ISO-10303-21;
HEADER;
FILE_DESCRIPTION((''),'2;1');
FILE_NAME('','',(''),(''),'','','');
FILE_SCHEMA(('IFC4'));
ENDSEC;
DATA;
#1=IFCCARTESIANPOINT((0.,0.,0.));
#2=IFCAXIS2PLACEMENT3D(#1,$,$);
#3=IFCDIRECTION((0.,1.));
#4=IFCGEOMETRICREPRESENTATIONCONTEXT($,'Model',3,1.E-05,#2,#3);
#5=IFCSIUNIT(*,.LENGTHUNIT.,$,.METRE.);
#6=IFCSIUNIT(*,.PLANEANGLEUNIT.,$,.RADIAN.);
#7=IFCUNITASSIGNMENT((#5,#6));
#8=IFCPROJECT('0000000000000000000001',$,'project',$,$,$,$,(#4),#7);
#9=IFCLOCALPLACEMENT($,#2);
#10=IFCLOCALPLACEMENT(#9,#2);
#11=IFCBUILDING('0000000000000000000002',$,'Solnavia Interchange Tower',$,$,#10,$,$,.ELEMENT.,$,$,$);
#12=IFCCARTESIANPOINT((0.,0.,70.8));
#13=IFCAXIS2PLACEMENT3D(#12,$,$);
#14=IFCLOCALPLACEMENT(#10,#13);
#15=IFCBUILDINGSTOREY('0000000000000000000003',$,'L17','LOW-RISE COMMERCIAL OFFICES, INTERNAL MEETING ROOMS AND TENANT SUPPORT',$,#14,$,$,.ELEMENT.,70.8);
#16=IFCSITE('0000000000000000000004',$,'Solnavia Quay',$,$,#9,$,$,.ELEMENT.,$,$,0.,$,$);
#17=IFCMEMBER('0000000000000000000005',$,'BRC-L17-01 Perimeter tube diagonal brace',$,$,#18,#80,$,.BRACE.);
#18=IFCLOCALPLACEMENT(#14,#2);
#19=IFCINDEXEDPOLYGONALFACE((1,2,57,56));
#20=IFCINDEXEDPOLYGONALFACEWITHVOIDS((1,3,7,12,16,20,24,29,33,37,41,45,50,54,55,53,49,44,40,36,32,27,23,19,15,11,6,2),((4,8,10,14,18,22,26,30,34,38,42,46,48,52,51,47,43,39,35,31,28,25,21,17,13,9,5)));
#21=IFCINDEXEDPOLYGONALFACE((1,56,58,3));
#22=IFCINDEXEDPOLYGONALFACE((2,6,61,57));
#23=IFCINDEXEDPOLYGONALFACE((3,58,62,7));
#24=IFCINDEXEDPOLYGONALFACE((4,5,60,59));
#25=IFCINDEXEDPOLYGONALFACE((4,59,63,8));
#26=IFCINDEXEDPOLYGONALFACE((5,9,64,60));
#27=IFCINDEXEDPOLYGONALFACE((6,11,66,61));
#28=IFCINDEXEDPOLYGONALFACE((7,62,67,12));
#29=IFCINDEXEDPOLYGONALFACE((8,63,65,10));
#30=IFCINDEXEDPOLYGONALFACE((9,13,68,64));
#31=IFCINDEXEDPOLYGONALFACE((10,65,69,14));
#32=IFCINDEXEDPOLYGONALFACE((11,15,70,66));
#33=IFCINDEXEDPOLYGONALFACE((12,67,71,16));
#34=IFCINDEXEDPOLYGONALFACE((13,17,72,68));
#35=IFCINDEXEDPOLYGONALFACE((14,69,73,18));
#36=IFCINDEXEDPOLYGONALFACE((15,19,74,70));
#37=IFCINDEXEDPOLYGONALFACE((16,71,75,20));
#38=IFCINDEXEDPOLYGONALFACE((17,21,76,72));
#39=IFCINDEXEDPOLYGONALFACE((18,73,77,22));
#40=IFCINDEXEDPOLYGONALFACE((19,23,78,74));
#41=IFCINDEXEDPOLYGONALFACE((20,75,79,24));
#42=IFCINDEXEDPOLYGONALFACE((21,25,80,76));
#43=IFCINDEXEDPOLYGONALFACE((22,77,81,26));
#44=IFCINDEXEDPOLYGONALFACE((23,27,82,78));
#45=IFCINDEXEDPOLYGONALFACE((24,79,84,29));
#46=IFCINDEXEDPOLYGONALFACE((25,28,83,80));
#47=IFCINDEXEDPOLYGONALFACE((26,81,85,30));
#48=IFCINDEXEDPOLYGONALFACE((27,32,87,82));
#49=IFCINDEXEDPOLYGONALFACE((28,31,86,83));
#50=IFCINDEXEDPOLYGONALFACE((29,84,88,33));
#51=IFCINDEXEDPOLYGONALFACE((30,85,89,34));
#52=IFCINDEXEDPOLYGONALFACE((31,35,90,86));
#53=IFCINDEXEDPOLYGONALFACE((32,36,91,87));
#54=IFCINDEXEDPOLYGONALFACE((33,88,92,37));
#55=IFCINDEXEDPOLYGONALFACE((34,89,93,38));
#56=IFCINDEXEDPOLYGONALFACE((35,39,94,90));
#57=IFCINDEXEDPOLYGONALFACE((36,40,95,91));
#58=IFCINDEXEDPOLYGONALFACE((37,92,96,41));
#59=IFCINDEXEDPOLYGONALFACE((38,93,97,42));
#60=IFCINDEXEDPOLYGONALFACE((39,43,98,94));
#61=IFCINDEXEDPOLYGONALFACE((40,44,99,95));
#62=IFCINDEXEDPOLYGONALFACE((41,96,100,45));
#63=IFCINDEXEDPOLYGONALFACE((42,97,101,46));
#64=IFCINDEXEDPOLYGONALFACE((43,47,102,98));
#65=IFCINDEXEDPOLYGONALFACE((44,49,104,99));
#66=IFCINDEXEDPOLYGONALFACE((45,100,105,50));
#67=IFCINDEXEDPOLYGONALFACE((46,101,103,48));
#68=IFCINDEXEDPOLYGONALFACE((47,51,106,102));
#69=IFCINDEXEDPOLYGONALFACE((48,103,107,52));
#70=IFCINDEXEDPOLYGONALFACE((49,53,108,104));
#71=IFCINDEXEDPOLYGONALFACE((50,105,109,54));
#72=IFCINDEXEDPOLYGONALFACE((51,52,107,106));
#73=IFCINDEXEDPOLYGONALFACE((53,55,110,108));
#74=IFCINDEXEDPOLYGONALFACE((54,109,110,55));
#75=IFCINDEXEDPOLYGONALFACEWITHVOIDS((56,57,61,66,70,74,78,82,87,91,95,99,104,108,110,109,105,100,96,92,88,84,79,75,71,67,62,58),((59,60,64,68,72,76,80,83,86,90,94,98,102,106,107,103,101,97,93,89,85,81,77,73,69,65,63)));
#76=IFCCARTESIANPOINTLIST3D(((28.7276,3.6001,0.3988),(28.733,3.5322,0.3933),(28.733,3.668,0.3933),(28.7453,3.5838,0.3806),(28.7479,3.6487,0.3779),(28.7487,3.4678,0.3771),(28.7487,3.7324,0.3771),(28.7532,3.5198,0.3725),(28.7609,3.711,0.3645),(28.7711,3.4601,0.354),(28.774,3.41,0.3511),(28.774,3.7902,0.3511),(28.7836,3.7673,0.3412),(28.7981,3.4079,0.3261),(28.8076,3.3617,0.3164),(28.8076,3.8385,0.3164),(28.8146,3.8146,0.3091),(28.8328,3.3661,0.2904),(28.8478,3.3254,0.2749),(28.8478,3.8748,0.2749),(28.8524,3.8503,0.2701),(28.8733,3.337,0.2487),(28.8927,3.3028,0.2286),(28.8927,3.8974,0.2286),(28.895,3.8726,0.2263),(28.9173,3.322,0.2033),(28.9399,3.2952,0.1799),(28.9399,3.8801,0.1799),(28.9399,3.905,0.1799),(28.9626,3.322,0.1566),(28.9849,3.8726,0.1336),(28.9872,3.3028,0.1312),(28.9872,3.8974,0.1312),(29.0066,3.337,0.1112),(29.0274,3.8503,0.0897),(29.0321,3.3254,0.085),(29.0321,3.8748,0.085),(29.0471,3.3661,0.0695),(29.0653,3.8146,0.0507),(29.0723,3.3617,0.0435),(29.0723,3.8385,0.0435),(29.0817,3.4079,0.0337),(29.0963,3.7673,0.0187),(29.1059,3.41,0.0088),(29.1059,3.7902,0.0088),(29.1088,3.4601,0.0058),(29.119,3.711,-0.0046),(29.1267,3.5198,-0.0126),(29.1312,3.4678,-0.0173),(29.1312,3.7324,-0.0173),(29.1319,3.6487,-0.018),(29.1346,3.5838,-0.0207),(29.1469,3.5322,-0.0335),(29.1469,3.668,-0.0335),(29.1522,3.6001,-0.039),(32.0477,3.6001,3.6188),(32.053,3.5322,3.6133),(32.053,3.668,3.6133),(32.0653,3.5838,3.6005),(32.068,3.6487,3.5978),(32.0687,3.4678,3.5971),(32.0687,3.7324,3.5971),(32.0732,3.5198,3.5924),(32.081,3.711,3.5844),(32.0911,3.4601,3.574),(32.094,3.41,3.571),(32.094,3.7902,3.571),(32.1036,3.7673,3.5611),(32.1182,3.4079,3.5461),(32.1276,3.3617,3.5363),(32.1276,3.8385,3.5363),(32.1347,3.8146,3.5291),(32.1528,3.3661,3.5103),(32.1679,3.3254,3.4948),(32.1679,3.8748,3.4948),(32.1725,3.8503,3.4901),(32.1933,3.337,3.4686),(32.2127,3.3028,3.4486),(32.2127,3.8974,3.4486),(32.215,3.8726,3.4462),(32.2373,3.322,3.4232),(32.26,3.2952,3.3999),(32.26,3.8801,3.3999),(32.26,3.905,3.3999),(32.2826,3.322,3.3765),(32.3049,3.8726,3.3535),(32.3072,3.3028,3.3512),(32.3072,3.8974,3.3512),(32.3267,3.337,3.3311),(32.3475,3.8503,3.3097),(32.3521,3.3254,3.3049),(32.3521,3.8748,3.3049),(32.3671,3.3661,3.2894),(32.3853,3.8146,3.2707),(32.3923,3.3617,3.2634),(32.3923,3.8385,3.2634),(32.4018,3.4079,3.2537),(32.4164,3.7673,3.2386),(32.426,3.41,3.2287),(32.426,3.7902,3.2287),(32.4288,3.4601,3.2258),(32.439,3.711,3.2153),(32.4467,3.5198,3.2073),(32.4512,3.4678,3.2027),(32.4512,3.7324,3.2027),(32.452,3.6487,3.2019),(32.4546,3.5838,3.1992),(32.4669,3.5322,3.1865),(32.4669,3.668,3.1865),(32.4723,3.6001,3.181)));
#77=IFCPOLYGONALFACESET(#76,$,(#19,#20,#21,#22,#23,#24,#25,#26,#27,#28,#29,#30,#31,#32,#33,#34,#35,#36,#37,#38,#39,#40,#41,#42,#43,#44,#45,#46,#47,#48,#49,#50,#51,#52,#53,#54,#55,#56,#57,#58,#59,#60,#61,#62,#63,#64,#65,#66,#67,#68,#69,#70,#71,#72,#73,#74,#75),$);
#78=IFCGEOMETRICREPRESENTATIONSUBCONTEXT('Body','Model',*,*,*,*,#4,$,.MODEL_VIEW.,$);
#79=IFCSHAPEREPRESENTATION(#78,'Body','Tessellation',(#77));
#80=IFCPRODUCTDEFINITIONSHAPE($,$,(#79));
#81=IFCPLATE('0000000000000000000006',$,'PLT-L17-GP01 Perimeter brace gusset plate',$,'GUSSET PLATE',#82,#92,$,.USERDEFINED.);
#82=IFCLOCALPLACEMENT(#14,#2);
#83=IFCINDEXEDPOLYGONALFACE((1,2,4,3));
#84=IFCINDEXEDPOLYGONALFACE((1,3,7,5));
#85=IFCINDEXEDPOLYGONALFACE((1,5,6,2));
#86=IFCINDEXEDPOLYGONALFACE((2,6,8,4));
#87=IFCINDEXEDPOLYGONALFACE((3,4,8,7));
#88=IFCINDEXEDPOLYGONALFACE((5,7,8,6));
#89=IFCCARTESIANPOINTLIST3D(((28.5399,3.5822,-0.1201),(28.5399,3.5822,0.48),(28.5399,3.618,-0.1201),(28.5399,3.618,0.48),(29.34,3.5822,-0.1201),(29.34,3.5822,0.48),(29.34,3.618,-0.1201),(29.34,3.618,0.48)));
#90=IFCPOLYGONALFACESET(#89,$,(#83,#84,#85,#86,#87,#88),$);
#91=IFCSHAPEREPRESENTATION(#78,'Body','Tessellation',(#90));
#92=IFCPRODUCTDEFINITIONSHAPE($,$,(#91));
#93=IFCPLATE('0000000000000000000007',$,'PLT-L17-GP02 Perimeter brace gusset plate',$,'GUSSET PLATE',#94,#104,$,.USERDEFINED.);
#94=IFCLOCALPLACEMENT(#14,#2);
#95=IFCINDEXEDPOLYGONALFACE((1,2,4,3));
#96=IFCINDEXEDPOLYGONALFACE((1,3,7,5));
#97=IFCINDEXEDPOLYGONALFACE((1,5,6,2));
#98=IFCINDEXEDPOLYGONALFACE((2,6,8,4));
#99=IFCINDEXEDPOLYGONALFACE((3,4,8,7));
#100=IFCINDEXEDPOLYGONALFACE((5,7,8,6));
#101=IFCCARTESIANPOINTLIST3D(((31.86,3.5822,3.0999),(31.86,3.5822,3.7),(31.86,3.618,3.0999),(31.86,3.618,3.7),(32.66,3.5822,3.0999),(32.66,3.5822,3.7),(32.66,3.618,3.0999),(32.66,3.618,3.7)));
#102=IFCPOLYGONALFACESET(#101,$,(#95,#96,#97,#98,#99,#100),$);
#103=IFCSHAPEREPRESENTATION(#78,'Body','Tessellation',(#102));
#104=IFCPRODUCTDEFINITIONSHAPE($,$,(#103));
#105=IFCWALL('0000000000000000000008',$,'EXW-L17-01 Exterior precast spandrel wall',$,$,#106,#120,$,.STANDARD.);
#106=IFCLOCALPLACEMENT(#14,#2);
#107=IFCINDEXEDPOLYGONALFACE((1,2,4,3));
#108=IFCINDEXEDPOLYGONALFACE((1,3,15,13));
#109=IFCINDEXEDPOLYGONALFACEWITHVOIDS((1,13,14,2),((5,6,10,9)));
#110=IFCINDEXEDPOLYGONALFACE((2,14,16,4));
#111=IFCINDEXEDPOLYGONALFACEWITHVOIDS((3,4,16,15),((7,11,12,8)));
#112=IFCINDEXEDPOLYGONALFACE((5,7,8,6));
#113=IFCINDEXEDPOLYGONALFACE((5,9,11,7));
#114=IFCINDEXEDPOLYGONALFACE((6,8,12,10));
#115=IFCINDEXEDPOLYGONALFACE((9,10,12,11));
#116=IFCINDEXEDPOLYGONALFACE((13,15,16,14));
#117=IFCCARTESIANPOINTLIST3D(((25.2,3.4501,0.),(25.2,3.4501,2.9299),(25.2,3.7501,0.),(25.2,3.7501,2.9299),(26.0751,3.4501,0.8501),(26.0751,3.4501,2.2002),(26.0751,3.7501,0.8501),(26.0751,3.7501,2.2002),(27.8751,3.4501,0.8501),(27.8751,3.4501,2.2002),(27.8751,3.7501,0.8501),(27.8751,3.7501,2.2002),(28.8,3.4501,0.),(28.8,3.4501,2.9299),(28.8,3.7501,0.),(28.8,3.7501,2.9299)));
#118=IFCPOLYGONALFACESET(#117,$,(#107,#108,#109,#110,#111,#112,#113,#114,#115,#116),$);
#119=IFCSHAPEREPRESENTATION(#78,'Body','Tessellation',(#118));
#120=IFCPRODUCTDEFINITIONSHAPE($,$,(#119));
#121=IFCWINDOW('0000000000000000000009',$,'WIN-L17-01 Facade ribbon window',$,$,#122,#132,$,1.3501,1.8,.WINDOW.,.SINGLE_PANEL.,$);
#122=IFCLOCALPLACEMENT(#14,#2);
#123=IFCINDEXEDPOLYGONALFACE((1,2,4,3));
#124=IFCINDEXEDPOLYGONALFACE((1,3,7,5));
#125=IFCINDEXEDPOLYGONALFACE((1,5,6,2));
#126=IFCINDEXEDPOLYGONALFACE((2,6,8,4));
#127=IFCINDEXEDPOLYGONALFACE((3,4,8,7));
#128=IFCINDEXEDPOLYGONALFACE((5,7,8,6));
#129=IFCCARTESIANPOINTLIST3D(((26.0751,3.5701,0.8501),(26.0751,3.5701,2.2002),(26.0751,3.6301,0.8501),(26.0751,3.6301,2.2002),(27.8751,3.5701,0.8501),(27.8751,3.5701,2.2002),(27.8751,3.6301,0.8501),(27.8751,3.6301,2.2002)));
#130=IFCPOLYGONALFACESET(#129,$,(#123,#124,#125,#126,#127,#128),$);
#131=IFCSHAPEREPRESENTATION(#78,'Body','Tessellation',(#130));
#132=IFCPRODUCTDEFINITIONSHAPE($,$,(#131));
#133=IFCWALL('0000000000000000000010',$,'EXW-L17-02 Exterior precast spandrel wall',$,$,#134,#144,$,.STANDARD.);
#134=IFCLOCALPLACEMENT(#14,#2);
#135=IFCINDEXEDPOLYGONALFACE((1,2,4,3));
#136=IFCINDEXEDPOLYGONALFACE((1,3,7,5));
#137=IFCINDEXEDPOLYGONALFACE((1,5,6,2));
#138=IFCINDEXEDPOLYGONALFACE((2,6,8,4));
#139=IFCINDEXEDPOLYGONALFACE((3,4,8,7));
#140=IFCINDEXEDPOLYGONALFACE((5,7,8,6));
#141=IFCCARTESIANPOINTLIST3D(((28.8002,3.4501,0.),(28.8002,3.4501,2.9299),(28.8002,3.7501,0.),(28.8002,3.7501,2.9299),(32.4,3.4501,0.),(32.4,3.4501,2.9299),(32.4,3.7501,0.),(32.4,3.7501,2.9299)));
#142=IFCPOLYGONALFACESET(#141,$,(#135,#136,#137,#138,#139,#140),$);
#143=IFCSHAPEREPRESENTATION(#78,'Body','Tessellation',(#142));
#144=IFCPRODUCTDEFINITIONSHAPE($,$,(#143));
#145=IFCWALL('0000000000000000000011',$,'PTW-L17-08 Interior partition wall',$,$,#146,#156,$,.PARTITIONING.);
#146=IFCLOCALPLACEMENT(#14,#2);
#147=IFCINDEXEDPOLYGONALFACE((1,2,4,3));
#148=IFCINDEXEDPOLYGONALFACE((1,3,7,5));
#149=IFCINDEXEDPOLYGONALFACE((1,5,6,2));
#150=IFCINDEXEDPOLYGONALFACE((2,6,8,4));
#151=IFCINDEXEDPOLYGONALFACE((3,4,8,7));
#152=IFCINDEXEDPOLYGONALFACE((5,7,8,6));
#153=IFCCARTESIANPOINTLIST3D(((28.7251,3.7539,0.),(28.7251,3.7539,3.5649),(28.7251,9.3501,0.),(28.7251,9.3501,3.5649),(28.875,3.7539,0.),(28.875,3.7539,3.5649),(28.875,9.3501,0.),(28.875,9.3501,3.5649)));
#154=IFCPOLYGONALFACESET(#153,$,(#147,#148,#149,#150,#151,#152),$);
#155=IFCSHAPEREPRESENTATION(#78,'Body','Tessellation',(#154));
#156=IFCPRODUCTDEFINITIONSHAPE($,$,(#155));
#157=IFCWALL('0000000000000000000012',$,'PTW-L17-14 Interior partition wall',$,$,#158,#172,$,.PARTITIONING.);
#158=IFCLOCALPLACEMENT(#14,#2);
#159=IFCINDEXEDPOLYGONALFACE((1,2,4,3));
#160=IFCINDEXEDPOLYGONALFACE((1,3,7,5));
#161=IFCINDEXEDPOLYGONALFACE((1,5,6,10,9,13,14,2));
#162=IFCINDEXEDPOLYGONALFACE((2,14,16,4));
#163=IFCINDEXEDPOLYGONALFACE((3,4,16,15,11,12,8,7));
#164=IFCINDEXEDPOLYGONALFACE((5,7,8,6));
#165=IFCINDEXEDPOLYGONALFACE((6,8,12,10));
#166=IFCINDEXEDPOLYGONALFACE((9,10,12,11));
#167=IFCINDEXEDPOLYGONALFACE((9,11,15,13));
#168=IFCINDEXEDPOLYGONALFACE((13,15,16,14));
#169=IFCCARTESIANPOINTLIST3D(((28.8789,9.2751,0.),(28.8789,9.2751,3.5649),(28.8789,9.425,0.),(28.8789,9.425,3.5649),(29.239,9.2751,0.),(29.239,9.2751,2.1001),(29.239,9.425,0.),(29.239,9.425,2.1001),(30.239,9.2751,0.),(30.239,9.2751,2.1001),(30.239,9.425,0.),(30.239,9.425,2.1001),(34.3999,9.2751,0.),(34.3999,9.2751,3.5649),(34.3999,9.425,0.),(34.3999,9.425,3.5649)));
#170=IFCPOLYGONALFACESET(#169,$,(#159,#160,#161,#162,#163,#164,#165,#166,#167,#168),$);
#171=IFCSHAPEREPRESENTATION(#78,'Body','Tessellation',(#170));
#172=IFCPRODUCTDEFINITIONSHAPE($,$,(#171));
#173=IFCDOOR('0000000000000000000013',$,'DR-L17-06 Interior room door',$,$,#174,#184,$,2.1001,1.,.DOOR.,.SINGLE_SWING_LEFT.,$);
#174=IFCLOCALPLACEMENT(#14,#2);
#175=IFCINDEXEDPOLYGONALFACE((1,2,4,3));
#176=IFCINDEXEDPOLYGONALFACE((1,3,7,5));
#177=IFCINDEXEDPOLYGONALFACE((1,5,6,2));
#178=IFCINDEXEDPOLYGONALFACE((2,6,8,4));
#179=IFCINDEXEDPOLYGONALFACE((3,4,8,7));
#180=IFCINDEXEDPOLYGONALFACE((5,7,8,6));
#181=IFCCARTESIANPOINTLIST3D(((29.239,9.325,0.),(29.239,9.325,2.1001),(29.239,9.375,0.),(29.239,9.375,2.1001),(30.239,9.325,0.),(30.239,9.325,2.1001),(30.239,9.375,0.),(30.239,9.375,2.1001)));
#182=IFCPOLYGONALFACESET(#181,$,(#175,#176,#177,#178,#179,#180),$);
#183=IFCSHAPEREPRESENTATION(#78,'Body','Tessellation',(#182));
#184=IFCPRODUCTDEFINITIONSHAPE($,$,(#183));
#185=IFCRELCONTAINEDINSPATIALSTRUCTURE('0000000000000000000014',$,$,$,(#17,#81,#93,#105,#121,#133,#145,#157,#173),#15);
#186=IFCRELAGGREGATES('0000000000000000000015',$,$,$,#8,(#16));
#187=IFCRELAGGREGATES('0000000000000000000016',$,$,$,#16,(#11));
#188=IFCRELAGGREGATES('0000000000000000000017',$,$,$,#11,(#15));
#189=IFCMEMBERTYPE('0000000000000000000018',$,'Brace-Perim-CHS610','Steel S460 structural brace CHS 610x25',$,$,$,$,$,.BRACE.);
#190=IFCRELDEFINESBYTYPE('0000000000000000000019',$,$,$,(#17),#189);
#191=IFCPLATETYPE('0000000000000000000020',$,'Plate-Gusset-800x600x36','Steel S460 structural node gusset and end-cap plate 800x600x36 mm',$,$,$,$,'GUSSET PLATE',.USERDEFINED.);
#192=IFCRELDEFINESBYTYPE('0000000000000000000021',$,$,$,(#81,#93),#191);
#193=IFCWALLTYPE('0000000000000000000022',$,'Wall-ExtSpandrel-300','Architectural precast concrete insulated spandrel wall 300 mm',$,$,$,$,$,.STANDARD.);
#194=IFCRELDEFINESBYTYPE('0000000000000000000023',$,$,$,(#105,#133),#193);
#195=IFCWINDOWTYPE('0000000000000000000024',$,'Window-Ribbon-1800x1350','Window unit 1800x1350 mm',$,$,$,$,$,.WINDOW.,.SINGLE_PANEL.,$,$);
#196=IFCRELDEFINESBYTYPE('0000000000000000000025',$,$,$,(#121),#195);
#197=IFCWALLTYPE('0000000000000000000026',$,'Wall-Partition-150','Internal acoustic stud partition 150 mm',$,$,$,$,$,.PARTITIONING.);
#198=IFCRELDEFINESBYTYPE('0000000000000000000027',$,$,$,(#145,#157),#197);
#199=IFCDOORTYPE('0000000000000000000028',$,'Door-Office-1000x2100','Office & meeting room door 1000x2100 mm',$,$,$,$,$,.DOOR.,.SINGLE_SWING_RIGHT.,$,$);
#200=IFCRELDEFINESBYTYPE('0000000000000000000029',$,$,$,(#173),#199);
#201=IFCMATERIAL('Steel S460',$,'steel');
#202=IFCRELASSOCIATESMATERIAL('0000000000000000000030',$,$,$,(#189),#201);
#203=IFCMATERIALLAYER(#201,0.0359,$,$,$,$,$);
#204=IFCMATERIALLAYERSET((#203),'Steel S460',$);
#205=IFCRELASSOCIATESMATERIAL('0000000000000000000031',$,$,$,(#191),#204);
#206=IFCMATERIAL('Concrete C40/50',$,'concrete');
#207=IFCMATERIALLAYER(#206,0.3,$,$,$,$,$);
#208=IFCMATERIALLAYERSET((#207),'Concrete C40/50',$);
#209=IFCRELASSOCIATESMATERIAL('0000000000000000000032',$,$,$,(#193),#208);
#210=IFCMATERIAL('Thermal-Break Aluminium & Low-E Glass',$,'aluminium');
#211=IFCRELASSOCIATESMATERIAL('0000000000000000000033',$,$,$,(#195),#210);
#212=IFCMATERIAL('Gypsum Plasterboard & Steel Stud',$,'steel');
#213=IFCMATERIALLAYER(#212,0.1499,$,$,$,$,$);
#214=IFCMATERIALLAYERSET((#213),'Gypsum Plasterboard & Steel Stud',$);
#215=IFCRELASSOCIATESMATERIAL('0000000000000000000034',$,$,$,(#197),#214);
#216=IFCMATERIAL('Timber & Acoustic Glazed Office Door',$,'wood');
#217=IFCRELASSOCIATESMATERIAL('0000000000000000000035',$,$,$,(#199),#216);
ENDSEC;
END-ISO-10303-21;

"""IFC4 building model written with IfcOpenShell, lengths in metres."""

from ifc_helpers import new_model, si_unit, direction, frame, frame_2d, origin, origin_2d, place, context, subcontext, project, spatial, rectangle, hollow_circle, extrude, material, layer, layer_set, material_profile, profile_set, type_object, element, fill, save


model = new_model("IFC4")

# Units and contexts
model_context = context("Model", 3, precision=1e-05, world=origin(), true_north=direction((0.0, 1.0)))
body_context = subcontext(model_context, "Body", "Model", "MODEL_VIEW")
ifc_project = project(units=[si_unit("LENGTHUNIT", "METRE"), si_unit("PLANEANGLEUNIT", "RADIAN")], contexts=[model_context])

# Site, building, storey
site_placement = place(None, origin())
site = spatial("IfcSite", under=ifc_project, at=site_placement, Name="Solnavia Quay", CompositionType="ELEMENT", RefElevation=0.0)
building_placement = place(site_placement, origin())
building = spatial("IfcBuilding", under=site, at=building_placement, Name="Solnavia Interchange Tower", CompositionType="ELEMENT")
storey_placement = place(building_placement, frame((0.0, 0.0, 70.8)))
storey = spatial("IfcBuildingStorey", under=building, at=storey_placement, Name="L17", Description="LOW-RISE COMMERCIAL OFFICES, INTERNAL MEETING ROOMS AND TENANT SUPPORT", CompositionType="ELEMENT", Elevation=70.8)

# Member
ifc_material_1 = material(Name="Steel S460", Category="steel")
ifc_material_profile_1 = material_profile(ifc_material_1, hollow_circle(Radius=0.3049, WallThickness=0.0249, at=origin_2d()), Name="CHS 610x25")
ifc_profile_set_1 = profile_set([ifc_material_profile_1], Name="Steel S460")
member_type = type_object("IfcMemberType", Name="Brace-Perim-CHS610", Description="Steel S460 structural brace CHS 610x25", PredefinedType="BRACE", material=ifc_profile_set_1)
member_placement = place(storey_placement, frame((28.9399, 3.6001, 0.1799), z_axis=(0.717845, 0.0, 0.696203), x_axis=(0.0, 1.0, 0.0)))
element("IfcMember", 1, at=member_placement, inside=storey, type_object=member_type, Name="BRC-L17-01 Perimeter tube diagonal brace", PredefinedType="BRACE", context=body_context, shape_type="SweptSolid", body=[
    extrude(hollow_circle(Radius=0.3049, WallThickness=0.0249, at=origin_2d()), origin(), (0.0, 0.0, 1.0), 4.625),
])

# Plates
ifc_layer_1 = layer(ifc_material_1, 0.0359)
ifc_layer_set_1 = layer_set([ifc_layer_1], Name="Steel S460")
plate_type = type_object("IfcPlateType", Name="Plate-Gusset-800x600x36", Description="Steel S460 structural node gusset and end-cap plate 800x600x36 mm", ElementType="GUSSET PLATE", PredefinedType="USERDEFINED", material=ifc_layer_set_1)
for number, where, z_axis, x_axis, name in (
    (2, (28.9399, 3.6001, -0.1201), (0.0, 0.0, 1.0), (1.0, 0.0, 0.0), "PLT-L17-GP01 Perimeter brace gusset plate"),
    (3, (32.26, 3.6001, 3.0999), (0.0, 0.0, 1.0), (1.0, 0.0, 0.0), "PLT-L17-GP02 Perimeter brace gusset plate"),
):
    element("IfcPlate", number, at=place(storey_placement, frame(where, z_axis=z_axis, x_axis=x_axis)), inside=storey, type_object=plate_type, Name=name, ObjectType="GUSSET PLATE", PredefinedType="USERDEFINED", context=body_context, shape_type="SweptSolid", body=[
        extrude(rectangle(XDim=0.8, YDim=0.0359, at=origin_2d()), origin(), (0.0, 0.0, 1.0), 0.6001),
    ])

# Wall, opening, window
ifc_material_2 = material(Name="Concrete C40/50", Category="concrete")
ifc_layer_2 = layer(ifc_material_2, 0.3)
ifc_layer_set_2 = layer_set([ifc_layer_2], Name="Concrete C40/50")
wall_type_1 = type_object("IfcWallType", Name="Wall-ExtSpandrel-300", Description="Architectural precast concrete insulated spandrel wall 300 mm", PredefinedType="STANDARD", material=ifc_layer_set_2)
wall_1_placement = place(storey_placement, frame((28.8, 3.6001, 0.0), z_axis=(0.0, 0.0, 1.0), x_axis=(-1.0, 0.0, 0.0)))
wall_1 = element("IfcWall", 4, at=wall_1_placement, inside=storey, type_object=wall_type_1, Name="EXW-L17-01 Exterior precast spandrel wall", PredefinedType="STANDARD", context=body_context, shape_type="SweptSolid", body=[
    extrude(rectangle(XDim=3.6001, YDim=0.3, at=frame_2d((1.8, 0.0))), origin(), (0.0, 0.0, 1.0), 2.9299),
])
opening_1_placement = place(wall_1_placement, frame((0.925, 0.0, 0.8501)))
opening_1 = element("IfcOpeningElement", 5, at=opening_1_placement, cuts=wall_1, PredefinedType="OPENING", context=body_context, shape_type="SweptSolid", body=[
    extrude(rectangle(XDim=1.8, YDim=1.3501, at=frame_2d((0.8999, 0.675))), frame((0.0, 0.1602, 0.0), z_axis=(0.0, -1.0, 0.0), x_axis=(1.0, 0.0, 0.0)), (0.0, 0.0, 1.0), 0.3201),
])
ifc_material_3 = material(Name="Thermal-Break Aluminium & Low-E Glass", Category="aluminium")
window_type = type_object("IfcWindowType", Name="Window-Ribbon-1800x1350", Description="Window unit 1800x1350 mm", PartitioningType="SINGLE_PANEL", PredefinedType="WINDOW", material=ifc_material_3)
window_placement = place(opening_1_placement, origin())
window = element("IfcWindow", 6, at=window_placement, inside=storey, type_object=window_type, Name="WIN-L17-01 Facade ribbon window", OverallHeight=1.3501, OverallWidth=1.8, PartitioningType="SINGLE_PANEL", PredefinedType="WINDOW", context=body_context, shape_type="SweptSolid", body=[
    extrude(rectangle(XDim=1.8, YDim=1.3501, at=frame_2d((0.8999, 0.675))), frame((0.0, 0.03, 0.0), z_axis=(0.0, -1.0, 0.0), x_axis=(1.0, 0.0, 0.0)), (0.0, 0.0, 1.0), 0.0601),
])
fill(opening_1, window)

# Walls
wall_2_placement = place(storey_placement, frame((32.3999, 3.6001, 0.0), z_axis=(0.0, 0.0, 1.0), x_axis=(-1.0, 0.0, 0.0)))
element("IfcWall", 7, at=wall_2_placement, inside=storey, type_object=wall_type_1, Name="EXW-L17-02 Exterior precast spandrel wall", PredefinedType="STANDARD", context=body_context, shape_type="SweptSolid", body=[
    extrude(rectangle(XDim=3.5999, YDim=0.3, at=frame_2d((1.7998, 0.0))), origin(), (0.0, 0.0, 1.0), 2.9299),
])
ifc_material_4 = material(Name="Gypsum Plasterboard & Steel Stud", Category="steel")
ifc_layer_3 = layer(ifc_material_4, 0.1499)
ifc_layer_set_3 = layer_set([ifc_layer_3], Name="Gypsum Plasterboard & Steel Stud")
wall_type_2 = type_object("IfcWallType", Name="Wall-Partition-150", Description="Internal acoustic stud partition 150 mm", PredefinedType="PARTITIONING", material=ifc_layer_set_3)
wall_3_placement = place(storey_placement, frame((28.8, 9.3501, 0.0), z_axis=(0.0, 0.0, 1.0), x_axis=(0.0, -1.0, 0.0)))
element("IfcWall", 8, at=wall_3_placement, inside=storey, type_object=wall_type_2, Name="PTW-L17-08 Interior partition wall", PredefinedType="PARTITIONING", context=body_context, shape_type="SweptSolid", body=[
    extrude(rectangle(XDim=5.5962, YDim=0.1499, at=frame_2d((2.7981, 0.0))), origin(), (0.0, 0.0, 1.0), 3.5649),
])

# Wall, opening, door
wall_4_placement = place(storey_placement, frame((28.8789, 9.3501, 0.0), z_axis=(0.0, 0.0, 1.0), x_axis=(1.0, 0.0, 0.0)))
wall_4 = element("IfcWall", 9, at=wall_4_placement, inside=storey, type_object=wall_type_2, Name="PTW-L17-14 Interior partition wall", PredefinedType="PARTITIONING", context=body_context, shape_type="SweptSolid", body=[
    extrude(rectangle(XDim=5.521, YDim=0.1499, at=frame_2d((2.7605, 0.0))), origin(), (0.0, 0.0, 1.0), 3.5649),
])
opening_2_placement = place(wall_4_placement, frame((0.3601, 0.0, 0.0)))
opening_2 = element("IfcOpeningElement", 10, at=opening_2_placement, cuts=wall_4, PredefinedType="OPENING", context=body_context, shape_type="SweptSolid", body=[
    extrude(rectangle(XDim=1.0, YDim=2.1001, at=frame_2d((0.5, 1.05))), frame((0.0, 0.085, 0.0), z_axis=(0.0, -1.0, 0.0), x_axis=(1.0, 0.0, 0.0)), (0.0, 0.0, 1.0), 0.1699),
])
ifc_material_5 = material(Name="Timber & Acoustic Glazed Office Door", Category="wood")
door_type_1 = type_object("IfcDoorType", Name="Door-Office-1000x2100", Description="Office & meeting room door 1000x2100 mm", OperationType="SINGLE_SWING_RIGHT", PredefinedType="DOOR", material=ifc_material_5)
door_1_placement = place(opening_2_placement, origin())
door_1 = element("IfcDoor", 11, at=door_1_placement, inside=storey, type_object=door_type_1, Name="DR-L17-06 Interior room door", OperationType="SINGLE_SWING_LEFT", OverallHeight=2.1001, OverallWidth=1.0, PredefinedType="DOOR", context=body_context, shape_type="SweptSolid", body=[
    extrude(rectangle(XDim=1.0, YDim=2.1001, at=frame_2d((0.5, 1.05))), frame((0.0, 0.0249, 0.0), z_axis=(0.0, -1.0, 0.0), x_axis=(1.0, 0.0, 0.0)), (0.0, 0.0, 1.0), 0.05),
])
fill(opening_2, door_1)

save(model, "model.ifc")
